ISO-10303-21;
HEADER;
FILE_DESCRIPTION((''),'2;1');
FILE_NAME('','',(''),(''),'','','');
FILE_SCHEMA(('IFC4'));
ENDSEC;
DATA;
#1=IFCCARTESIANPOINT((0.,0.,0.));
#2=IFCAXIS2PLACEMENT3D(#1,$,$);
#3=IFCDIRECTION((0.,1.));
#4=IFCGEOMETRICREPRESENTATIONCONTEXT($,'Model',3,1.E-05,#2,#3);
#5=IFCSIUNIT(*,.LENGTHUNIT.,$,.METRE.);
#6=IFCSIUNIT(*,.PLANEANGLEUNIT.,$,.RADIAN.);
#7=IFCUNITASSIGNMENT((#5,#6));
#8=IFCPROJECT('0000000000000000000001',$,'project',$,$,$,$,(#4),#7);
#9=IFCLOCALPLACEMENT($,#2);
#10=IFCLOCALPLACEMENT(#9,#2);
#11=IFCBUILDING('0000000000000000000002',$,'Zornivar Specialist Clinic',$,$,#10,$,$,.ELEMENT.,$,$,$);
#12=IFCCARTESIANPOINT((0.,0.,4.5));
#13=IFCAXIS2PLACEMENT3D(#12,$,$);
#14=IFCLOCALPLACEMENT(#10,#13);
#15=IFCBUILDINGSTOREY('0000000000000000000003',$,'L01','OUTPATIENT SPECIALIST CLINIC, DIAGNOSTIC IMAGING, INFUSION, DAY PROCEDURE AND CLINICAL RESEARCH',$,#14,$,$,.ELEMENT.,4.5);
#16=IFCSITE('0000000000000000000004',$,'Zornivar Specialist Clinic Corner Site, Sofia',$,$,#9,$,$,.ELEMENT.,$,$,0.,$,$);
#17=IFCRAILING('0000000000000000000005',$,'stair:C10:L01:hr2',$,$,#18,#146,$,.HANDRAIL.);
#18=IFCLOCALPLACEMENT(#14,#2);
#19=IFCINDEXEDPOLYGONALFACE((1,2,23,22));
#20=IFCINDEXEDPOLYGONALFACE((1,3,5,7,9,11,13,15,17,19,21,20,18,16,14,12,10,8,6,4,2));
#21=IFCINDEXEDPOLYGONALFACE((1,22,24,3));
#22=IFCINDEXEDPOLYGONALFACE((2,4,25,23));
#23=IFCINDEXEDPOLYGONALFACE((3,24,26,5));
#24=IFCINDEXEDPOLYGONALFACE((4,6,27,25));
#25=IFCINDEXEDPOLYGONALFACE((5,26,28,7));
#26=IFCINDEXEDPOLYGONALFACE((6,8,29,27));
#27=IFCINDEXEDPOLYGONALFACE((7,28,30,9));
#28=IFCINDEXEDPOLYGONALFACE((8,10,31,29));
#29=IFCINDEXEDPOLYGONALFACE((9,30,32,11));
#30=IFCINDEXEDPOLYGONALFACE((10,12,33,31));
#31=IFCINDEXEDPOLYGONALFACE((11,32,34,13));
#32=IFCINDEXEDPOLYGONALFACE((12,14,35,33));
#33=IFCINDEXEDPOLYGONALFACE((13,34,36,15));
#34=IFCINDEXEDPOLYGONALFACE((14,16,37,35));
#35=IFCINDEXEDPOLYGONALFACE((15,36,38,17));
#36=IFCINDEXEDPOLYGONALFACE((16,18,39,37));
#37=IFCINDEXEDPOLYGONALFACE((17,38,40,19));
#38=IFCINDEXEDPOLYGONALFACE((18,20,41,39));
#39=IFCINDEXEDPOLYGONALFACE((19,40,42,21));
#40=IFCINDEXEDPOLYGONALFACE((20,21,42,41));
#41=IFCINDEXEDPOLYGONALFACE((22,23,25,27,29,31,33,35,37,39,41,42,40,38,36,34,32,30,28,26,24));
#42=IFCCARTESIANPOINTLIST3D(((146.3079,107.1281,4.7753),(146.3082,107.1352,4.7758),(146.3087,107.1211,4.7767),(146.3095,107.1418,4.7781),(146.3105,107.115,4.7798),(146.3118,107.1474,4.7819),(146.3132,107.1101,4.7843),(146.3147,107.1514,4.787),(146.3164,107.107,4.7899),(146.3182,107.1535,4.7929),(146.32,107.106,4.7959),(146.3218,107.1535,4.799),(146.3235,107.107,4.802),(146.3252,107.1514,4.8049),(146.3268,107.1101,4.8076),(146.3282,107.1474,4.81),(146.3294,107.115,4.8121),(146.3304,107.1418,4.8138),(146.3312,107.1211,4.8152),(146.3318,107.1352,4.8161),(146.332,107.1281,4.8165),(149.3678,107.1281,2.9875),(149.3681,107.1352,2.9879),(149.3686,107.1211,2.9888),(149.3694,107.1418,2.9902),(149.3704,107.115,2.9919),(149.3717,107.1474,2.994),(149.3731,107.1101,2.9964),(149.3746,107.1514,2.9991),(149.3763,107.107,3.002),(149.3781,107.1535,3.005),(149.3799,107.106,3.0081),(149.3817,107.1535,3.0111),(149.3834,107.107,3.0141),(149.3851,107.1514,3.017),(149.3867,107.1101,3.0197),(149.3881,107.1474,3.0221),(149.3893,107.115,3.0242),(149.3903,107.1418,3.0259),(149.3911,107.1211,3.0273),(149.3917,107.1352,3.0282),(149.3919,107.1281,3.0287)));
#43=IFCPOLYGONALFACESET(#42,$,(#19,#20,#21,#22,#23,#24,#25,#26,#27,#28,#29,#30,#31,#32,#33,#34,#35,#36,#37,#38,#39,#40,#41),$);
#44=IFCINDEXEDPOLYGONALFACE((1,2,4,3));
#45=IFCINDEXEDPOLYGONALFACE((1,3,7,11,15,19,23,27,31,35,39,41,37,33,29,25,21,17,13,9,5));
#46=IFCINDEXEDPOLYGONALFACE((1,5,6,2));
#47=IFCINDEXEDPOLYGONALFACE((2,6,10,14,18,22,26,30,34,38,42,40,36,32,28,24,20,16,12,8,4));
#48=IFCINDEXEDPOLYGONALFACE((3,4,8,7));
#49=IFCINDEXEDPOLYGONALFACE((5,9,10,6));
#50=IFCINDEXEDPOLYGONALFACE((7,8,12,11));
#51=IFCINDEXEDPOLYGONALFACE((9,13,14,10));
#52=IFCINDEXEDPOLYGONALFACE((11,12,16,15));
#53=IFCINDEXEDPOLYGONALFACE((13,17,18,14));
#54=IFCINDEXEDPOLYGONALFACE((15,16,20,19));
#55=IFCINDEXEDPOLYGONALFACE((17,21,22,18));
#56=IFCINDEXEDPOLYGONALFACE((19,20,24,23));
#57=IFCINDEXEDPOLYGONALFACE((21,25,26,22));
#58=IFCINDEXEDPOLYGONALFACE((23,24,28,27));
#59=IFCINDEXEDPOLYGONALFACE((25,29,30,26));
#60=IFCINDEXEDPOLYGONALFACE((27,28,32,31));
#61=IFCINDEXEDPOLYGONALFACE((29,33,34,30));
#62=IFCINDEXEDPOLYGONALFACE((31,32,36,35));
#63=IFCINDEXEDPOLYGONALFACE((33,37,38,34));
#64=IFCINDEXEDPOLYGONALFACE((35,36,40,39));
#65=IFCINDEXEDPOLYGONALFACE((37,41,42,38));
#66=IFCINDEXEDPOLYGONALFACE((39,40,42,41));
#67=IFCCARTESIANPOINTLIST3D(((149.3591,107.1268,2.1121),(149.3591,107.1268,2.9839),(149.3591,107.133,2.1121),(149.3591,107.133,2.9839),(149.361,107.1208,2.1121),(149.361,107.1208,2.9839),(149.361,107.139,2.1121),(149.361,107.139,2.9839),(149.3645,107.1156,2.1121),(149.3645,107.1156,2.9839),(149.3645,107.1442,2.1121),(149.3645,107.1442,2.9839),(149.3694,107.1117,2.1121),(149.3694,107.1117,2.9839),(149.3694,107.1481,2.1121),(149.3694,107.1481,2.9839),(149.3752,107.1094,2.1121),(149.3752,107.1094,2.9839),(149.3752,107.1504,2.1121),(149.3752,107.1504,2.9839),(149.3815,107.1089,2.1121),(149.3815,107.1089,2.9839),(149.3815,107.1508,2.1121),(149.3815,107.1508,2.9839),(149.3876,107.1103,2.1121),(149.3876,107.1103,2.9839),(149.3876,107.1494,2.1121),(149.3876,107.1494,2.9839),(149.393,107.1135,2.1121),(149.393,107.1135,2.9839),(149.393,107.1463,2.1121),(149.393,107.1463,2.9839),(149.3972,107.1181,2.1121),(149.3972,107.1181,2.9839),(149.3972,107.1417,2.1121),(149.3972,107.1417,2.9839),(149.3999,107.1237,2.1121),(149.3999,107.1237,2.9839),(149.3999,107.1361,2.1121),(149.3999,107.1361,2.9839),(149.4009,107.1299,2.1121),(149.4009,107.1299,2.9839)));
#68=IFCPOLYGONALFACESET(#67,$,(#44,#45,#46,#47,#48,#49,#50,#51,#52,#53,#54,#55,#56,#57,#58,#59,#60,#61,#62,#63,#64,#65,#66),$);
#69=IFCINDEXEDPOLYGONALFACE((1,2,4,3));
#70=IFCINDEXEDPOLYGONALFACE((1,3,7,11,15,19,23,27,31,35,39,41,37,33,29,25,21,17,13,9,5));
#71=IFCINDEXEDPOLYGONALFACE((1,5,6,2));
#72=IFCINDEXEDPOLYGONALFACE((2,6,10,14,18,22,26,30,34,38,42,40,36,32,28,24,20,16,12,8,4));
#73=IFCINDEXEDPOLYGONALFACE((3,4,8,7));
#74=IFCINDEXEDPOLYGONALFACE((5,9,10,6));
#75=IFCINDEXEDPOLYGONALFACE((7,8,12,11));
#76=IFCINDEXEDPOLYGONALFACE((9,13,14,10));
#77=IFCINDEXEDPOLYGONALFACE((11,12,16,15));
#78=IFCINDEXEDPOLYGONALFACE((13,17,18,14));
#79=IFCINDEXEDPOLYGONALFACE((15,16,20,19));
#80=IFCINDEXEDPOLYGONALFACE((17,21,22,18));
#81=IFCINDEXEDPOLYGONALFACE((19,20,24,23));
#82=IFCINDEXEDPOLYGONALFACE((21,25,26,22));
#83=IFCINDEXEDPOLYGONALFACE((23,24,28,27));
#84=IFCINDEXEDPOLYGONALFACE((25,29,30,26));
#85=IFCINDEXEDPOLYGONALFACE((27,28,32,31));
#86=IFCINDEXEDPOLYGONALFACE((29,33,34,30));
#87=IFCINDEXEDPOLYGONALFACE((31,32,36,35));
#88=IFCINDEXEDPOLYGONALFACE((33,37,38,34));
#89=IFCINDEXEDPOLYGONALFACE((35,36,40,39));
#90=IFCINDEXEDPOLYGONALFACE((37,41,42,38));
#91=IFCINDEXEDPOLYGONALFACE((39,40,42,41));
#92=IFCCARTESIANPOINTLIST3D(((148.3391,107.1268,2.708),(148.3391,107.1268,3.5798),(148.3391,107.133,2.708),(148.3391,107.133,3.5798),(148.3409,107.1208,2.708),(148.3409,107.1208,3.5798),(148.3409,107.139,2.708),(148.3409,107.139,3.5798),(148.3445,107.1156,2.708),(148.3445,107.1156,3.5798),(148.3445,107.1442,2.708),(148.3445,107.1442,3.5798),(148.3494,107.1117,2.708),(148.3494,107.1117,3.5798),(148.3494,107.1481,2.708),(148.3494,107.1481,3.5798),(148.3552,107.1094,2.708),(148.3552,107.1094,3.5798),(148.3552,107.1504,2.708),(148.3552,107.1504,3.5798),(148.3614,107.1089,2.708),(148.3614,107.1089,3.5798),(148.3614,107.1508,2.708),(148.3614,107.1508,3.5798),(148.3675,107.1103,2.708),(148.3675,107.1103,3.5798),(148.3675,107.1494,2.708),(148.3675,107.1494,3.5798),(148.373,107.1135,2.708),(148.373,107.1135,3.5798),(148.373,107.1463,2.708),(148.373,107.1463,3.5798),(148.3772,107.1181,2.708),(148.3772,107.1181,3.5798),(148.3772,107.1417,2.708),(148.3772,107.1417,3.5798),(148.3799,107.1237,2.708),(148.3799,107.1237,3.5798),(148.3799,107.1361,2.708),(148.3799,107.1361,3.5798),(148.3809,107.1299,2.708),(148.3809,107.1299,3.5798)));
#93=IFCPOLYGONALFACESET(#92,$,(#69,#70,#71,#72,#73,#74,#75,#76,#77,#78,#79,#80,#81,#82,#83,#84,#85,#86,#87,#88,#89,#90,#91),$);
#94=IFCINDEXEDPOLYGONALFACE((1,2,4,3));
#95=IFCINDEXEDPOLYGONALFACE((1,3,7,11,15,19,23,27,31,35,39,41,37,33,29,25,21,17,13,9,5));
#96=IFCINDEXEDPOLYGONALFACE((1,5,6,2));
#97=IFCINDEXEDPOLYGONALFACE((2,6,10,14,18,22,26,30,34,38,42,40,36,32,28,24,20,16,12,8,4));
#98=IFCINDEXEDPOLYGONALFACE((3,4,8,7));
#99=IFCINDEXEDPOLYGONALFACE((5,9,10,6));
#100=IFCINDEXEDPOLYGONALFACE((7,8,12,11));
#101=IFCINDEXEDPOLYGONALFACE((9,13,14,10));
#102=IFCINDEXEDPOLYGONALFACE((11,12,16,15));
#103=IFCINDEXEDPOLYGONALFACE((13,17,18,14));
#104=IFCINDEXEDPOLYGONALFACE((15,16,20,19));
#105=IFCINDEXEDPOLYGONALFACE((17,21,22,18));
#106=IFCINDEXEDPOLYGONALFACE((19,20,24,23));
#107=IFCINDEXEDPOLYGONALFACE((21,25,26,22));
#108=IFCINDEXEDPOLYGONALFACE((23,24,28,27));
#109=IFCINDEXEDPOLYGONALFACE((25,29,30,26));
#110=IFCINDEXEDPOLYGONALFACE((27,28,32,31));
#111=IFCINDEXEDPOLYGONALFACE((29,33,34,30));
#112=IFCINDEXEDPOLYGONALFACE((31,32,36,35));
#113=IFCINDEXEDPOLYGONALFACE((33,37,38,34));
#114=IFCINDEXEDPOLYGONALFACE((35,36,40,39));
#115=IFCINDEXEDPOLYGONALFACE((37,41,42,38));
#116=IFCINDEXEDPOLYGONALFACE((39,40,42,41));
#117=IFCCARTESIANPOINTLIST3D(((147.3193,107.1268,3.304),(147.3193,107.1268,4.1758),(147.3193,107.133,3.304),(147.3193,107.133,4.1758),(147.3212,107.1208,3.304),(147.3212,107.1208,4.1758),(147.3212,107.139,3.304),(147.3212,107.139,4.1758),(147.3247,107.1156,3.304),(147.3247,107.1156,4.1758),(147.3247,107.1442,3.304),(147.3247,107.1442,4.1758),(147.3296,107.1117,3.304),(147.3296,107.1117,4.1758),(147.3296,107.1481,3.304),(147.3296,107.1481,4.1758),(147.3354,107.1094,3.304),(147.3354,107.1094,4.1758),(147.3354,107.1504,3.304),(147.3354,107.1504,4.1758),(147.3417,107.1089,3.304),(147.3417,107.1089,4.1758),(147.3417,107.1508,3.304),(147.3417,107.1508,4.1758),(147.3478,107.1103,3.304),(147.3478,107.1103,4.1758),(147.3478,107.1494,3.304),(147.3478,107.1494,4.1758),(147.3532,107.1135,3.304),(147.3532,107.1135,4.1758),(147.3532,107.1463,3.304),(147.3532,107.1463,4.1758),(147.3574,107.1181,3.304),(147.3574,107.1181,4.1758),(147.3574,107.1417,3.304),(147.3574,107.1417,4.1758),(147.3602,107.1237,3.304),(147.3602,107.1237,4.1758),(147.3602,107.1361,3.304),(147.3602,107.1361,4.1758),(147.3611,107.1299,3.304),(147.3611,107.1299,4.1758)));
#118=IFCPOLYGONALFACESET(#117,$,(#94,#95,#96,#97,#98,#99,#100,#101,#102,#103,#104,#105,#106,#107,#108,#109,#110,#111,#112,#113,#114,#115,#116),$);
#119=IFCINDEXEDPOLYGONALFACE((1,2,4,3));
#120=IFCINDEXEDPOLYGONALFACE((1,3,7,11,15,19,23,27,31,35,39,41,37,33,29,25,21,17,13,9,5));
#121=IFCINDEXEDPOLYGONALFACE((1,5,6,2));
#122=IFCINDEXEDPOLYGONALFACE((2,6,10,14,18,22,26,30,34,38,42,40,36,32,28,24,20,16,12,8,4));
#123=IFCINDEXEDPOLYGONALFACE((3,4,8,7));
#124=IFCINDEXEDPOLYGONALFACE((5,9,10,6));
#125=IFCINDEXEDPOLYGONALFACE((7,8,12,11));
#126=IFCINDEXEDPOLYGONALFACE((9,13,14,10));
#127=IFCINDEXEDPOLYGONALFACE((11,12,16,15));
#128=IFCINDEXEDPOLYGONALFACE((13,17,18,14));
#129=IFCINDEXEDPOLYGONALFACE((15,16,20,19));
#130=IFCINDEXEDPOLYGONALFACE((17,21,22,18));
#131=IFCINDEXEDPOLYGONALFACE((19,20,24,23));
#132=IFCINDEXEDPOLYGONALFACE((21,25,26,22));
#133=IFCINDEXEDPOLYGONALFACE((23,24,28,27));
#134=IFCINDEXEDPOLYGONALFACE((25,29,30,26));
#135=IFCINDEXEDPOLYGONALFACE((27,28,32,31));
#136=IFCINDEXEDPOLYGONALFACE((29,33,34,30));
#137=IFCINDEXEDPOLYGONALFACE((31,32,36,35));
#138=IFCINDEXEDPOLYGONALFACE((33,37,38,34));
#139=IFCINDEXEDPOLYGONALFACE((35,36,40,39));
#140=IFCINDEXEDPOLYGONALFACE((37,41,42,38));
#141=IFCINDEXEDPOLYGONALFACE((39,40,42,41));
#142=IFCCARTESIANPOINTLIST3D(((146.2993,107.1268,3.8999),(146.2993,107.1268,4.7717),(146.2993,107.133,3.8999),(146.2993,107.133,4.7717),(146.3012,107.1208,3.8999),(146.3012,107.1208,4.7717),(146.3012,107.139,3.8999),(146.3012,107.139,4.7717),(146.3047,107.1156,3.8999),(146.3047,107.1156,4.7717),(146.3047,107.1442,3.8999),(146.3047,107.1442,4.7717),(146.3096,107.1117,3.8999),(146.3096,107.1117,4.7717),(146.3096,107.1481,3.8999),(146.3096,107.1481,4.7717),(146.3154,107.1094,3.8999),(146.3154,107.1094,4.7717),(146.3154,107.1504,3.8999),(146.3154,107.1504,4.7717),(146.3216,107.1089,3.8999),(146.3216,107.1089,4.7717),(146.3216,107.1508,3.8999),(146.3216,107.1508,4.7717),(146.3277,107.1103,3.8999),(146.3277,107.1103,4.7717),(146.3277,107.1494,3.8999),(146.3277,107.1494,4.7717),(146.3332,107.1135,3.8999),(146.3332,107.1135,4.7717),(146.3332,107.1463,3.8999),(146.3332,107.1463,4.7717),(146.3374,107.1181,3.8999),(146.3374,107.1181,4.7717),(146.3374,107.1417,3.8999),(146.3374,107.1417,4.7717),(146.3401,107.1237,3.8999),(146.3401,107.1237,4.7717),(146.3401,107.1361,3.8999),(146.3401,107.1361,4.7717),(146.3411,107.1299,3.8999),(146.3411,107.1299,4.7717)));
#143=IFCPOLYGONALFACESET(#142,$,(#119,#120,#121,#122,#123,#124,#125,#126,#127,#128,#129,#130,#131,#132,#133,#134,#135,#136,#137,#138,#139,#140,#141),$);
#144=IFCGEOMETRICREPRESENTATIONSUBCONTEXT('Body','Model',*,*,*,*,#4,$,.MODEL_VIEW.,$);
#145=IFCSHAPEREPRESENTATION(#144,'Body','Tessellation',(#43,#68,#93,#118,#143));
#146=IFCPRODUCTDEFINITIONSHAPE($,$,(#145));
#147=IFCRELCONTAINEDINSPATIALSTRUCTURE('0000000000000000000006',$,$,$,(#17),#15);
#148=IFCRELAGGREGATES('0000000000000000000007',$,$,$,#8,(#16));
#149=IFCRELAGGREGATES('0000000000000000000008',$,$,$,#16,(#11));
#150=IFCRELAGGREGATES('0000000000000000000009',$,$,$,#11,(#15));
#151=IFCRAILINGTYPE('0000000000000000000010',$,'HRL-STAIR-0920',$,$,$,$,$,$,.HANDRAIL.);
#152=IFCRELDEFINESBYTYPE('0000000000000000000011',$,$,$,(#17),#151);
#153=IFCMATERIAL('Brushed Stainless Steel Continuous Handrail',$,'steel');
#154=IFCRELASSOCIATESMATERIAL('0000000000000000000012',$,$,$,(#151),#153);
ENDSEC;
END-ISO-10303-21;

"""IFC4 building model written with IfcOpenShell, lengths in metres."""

from ifc_helpers import new_model, si_unit, direction, frame, origin, origin_2d, place, context, subcontext, project, spatial, circle, extrude, material, type_object, element, save


model = new_model("IFC4")

# Units and contexts
model_context = context("Model", 3, precision=1e-05, world=origin(), true_north=direction((0.0, 1.0)))
body_context = subcontext(model_context, "Body", "Model", "MODEL_VIEW")
ifc_project = project(units=[si_unit("LENGTHUNIT", "METRE"), si_unit("PLANEANGLEUNIT", "RADIAN")], contexts=[model_context])

# Site, building, storey
site_placement = place(None, origin())
site = spatial("IfcSite", under=ifc_project, at=site_placement, Name="Zornivar Specialist Clinic Corner Site, Sofia", CompositionType="ELEMENT", RefElevation=0.0)
building_placement = place(site_placement, origin())
building = spatial("IfcBuilding", under=site, at=building_placement, Name="Zornivar Specialist Clinic", CompositionType="ELEMENT")
storey_placement = place(building_placement, frame((0.0, 0.0, 4.5)))
storey = spatial("IfcBuildingStorey", under=building, at=storey_placement, Name="L01", Description="OUTPATIENT SPECIALIST CLINIC, DIAGNOSTIC IMAGING, INFUSION, DAY PROCEDURE AND CLINICAL RESEARCH", CompositionType="ELEMENT", Elevation=4.5)

# Railing
ifc_material_1 = material(Name="Brushed Stainless Steel Continuous Handrail", Category="steel")
railing_type_1 = type_object("IfcRailingType", Name="HRL-STAIR-0920", PredefinedType="HANDRAIL", material=ifc_material_1)
railing_1_placement = place(storey_placement, frame((149.3799, 107.1299, 2.1121)))
element("IfcRailing", 1, at=railing_1_placement, inside=storey, type_object=railing_type_1, Name="stair:C10:L01:hr2", PredefinedType="HANDRAIL", context=body_context, shape_type="SweptSolid", body=[
    extrude(circle(Radius=0.0239, at=origin_2d()), frame((0.0, 0.0, 0.896), z_axis=(-0.863416, 0.0, 0.504492), x_axis=(0.0, -1.0, 0.0)), (0.0, 0.0, 1.0), 3.5439),
    extrude(circle(Radius=0.021, at=origin_2d()), origin(), (0.0, 0.0, 1.0), 0.8718),
    extrude(circle(Radius=0.021, at=origin_2d()), frame((-1.02, 0.0, 0.5959)), (0.0, 0.0, 1.0), 0.8718),
    extrude(circle(Radius=0.021, at=origin_2d()), frame((-2.0398, 0.0, 1.1919)), (0.0, 0.0, 1.0), 0.8718),
    extrude(circle(Radius=0.021, at=origin_2d()), frame((-3.0598, 0.0, 1.7878)), (0.0, 0.0, 1.0), 0.8718),
])

save(model, "model.ifc")
